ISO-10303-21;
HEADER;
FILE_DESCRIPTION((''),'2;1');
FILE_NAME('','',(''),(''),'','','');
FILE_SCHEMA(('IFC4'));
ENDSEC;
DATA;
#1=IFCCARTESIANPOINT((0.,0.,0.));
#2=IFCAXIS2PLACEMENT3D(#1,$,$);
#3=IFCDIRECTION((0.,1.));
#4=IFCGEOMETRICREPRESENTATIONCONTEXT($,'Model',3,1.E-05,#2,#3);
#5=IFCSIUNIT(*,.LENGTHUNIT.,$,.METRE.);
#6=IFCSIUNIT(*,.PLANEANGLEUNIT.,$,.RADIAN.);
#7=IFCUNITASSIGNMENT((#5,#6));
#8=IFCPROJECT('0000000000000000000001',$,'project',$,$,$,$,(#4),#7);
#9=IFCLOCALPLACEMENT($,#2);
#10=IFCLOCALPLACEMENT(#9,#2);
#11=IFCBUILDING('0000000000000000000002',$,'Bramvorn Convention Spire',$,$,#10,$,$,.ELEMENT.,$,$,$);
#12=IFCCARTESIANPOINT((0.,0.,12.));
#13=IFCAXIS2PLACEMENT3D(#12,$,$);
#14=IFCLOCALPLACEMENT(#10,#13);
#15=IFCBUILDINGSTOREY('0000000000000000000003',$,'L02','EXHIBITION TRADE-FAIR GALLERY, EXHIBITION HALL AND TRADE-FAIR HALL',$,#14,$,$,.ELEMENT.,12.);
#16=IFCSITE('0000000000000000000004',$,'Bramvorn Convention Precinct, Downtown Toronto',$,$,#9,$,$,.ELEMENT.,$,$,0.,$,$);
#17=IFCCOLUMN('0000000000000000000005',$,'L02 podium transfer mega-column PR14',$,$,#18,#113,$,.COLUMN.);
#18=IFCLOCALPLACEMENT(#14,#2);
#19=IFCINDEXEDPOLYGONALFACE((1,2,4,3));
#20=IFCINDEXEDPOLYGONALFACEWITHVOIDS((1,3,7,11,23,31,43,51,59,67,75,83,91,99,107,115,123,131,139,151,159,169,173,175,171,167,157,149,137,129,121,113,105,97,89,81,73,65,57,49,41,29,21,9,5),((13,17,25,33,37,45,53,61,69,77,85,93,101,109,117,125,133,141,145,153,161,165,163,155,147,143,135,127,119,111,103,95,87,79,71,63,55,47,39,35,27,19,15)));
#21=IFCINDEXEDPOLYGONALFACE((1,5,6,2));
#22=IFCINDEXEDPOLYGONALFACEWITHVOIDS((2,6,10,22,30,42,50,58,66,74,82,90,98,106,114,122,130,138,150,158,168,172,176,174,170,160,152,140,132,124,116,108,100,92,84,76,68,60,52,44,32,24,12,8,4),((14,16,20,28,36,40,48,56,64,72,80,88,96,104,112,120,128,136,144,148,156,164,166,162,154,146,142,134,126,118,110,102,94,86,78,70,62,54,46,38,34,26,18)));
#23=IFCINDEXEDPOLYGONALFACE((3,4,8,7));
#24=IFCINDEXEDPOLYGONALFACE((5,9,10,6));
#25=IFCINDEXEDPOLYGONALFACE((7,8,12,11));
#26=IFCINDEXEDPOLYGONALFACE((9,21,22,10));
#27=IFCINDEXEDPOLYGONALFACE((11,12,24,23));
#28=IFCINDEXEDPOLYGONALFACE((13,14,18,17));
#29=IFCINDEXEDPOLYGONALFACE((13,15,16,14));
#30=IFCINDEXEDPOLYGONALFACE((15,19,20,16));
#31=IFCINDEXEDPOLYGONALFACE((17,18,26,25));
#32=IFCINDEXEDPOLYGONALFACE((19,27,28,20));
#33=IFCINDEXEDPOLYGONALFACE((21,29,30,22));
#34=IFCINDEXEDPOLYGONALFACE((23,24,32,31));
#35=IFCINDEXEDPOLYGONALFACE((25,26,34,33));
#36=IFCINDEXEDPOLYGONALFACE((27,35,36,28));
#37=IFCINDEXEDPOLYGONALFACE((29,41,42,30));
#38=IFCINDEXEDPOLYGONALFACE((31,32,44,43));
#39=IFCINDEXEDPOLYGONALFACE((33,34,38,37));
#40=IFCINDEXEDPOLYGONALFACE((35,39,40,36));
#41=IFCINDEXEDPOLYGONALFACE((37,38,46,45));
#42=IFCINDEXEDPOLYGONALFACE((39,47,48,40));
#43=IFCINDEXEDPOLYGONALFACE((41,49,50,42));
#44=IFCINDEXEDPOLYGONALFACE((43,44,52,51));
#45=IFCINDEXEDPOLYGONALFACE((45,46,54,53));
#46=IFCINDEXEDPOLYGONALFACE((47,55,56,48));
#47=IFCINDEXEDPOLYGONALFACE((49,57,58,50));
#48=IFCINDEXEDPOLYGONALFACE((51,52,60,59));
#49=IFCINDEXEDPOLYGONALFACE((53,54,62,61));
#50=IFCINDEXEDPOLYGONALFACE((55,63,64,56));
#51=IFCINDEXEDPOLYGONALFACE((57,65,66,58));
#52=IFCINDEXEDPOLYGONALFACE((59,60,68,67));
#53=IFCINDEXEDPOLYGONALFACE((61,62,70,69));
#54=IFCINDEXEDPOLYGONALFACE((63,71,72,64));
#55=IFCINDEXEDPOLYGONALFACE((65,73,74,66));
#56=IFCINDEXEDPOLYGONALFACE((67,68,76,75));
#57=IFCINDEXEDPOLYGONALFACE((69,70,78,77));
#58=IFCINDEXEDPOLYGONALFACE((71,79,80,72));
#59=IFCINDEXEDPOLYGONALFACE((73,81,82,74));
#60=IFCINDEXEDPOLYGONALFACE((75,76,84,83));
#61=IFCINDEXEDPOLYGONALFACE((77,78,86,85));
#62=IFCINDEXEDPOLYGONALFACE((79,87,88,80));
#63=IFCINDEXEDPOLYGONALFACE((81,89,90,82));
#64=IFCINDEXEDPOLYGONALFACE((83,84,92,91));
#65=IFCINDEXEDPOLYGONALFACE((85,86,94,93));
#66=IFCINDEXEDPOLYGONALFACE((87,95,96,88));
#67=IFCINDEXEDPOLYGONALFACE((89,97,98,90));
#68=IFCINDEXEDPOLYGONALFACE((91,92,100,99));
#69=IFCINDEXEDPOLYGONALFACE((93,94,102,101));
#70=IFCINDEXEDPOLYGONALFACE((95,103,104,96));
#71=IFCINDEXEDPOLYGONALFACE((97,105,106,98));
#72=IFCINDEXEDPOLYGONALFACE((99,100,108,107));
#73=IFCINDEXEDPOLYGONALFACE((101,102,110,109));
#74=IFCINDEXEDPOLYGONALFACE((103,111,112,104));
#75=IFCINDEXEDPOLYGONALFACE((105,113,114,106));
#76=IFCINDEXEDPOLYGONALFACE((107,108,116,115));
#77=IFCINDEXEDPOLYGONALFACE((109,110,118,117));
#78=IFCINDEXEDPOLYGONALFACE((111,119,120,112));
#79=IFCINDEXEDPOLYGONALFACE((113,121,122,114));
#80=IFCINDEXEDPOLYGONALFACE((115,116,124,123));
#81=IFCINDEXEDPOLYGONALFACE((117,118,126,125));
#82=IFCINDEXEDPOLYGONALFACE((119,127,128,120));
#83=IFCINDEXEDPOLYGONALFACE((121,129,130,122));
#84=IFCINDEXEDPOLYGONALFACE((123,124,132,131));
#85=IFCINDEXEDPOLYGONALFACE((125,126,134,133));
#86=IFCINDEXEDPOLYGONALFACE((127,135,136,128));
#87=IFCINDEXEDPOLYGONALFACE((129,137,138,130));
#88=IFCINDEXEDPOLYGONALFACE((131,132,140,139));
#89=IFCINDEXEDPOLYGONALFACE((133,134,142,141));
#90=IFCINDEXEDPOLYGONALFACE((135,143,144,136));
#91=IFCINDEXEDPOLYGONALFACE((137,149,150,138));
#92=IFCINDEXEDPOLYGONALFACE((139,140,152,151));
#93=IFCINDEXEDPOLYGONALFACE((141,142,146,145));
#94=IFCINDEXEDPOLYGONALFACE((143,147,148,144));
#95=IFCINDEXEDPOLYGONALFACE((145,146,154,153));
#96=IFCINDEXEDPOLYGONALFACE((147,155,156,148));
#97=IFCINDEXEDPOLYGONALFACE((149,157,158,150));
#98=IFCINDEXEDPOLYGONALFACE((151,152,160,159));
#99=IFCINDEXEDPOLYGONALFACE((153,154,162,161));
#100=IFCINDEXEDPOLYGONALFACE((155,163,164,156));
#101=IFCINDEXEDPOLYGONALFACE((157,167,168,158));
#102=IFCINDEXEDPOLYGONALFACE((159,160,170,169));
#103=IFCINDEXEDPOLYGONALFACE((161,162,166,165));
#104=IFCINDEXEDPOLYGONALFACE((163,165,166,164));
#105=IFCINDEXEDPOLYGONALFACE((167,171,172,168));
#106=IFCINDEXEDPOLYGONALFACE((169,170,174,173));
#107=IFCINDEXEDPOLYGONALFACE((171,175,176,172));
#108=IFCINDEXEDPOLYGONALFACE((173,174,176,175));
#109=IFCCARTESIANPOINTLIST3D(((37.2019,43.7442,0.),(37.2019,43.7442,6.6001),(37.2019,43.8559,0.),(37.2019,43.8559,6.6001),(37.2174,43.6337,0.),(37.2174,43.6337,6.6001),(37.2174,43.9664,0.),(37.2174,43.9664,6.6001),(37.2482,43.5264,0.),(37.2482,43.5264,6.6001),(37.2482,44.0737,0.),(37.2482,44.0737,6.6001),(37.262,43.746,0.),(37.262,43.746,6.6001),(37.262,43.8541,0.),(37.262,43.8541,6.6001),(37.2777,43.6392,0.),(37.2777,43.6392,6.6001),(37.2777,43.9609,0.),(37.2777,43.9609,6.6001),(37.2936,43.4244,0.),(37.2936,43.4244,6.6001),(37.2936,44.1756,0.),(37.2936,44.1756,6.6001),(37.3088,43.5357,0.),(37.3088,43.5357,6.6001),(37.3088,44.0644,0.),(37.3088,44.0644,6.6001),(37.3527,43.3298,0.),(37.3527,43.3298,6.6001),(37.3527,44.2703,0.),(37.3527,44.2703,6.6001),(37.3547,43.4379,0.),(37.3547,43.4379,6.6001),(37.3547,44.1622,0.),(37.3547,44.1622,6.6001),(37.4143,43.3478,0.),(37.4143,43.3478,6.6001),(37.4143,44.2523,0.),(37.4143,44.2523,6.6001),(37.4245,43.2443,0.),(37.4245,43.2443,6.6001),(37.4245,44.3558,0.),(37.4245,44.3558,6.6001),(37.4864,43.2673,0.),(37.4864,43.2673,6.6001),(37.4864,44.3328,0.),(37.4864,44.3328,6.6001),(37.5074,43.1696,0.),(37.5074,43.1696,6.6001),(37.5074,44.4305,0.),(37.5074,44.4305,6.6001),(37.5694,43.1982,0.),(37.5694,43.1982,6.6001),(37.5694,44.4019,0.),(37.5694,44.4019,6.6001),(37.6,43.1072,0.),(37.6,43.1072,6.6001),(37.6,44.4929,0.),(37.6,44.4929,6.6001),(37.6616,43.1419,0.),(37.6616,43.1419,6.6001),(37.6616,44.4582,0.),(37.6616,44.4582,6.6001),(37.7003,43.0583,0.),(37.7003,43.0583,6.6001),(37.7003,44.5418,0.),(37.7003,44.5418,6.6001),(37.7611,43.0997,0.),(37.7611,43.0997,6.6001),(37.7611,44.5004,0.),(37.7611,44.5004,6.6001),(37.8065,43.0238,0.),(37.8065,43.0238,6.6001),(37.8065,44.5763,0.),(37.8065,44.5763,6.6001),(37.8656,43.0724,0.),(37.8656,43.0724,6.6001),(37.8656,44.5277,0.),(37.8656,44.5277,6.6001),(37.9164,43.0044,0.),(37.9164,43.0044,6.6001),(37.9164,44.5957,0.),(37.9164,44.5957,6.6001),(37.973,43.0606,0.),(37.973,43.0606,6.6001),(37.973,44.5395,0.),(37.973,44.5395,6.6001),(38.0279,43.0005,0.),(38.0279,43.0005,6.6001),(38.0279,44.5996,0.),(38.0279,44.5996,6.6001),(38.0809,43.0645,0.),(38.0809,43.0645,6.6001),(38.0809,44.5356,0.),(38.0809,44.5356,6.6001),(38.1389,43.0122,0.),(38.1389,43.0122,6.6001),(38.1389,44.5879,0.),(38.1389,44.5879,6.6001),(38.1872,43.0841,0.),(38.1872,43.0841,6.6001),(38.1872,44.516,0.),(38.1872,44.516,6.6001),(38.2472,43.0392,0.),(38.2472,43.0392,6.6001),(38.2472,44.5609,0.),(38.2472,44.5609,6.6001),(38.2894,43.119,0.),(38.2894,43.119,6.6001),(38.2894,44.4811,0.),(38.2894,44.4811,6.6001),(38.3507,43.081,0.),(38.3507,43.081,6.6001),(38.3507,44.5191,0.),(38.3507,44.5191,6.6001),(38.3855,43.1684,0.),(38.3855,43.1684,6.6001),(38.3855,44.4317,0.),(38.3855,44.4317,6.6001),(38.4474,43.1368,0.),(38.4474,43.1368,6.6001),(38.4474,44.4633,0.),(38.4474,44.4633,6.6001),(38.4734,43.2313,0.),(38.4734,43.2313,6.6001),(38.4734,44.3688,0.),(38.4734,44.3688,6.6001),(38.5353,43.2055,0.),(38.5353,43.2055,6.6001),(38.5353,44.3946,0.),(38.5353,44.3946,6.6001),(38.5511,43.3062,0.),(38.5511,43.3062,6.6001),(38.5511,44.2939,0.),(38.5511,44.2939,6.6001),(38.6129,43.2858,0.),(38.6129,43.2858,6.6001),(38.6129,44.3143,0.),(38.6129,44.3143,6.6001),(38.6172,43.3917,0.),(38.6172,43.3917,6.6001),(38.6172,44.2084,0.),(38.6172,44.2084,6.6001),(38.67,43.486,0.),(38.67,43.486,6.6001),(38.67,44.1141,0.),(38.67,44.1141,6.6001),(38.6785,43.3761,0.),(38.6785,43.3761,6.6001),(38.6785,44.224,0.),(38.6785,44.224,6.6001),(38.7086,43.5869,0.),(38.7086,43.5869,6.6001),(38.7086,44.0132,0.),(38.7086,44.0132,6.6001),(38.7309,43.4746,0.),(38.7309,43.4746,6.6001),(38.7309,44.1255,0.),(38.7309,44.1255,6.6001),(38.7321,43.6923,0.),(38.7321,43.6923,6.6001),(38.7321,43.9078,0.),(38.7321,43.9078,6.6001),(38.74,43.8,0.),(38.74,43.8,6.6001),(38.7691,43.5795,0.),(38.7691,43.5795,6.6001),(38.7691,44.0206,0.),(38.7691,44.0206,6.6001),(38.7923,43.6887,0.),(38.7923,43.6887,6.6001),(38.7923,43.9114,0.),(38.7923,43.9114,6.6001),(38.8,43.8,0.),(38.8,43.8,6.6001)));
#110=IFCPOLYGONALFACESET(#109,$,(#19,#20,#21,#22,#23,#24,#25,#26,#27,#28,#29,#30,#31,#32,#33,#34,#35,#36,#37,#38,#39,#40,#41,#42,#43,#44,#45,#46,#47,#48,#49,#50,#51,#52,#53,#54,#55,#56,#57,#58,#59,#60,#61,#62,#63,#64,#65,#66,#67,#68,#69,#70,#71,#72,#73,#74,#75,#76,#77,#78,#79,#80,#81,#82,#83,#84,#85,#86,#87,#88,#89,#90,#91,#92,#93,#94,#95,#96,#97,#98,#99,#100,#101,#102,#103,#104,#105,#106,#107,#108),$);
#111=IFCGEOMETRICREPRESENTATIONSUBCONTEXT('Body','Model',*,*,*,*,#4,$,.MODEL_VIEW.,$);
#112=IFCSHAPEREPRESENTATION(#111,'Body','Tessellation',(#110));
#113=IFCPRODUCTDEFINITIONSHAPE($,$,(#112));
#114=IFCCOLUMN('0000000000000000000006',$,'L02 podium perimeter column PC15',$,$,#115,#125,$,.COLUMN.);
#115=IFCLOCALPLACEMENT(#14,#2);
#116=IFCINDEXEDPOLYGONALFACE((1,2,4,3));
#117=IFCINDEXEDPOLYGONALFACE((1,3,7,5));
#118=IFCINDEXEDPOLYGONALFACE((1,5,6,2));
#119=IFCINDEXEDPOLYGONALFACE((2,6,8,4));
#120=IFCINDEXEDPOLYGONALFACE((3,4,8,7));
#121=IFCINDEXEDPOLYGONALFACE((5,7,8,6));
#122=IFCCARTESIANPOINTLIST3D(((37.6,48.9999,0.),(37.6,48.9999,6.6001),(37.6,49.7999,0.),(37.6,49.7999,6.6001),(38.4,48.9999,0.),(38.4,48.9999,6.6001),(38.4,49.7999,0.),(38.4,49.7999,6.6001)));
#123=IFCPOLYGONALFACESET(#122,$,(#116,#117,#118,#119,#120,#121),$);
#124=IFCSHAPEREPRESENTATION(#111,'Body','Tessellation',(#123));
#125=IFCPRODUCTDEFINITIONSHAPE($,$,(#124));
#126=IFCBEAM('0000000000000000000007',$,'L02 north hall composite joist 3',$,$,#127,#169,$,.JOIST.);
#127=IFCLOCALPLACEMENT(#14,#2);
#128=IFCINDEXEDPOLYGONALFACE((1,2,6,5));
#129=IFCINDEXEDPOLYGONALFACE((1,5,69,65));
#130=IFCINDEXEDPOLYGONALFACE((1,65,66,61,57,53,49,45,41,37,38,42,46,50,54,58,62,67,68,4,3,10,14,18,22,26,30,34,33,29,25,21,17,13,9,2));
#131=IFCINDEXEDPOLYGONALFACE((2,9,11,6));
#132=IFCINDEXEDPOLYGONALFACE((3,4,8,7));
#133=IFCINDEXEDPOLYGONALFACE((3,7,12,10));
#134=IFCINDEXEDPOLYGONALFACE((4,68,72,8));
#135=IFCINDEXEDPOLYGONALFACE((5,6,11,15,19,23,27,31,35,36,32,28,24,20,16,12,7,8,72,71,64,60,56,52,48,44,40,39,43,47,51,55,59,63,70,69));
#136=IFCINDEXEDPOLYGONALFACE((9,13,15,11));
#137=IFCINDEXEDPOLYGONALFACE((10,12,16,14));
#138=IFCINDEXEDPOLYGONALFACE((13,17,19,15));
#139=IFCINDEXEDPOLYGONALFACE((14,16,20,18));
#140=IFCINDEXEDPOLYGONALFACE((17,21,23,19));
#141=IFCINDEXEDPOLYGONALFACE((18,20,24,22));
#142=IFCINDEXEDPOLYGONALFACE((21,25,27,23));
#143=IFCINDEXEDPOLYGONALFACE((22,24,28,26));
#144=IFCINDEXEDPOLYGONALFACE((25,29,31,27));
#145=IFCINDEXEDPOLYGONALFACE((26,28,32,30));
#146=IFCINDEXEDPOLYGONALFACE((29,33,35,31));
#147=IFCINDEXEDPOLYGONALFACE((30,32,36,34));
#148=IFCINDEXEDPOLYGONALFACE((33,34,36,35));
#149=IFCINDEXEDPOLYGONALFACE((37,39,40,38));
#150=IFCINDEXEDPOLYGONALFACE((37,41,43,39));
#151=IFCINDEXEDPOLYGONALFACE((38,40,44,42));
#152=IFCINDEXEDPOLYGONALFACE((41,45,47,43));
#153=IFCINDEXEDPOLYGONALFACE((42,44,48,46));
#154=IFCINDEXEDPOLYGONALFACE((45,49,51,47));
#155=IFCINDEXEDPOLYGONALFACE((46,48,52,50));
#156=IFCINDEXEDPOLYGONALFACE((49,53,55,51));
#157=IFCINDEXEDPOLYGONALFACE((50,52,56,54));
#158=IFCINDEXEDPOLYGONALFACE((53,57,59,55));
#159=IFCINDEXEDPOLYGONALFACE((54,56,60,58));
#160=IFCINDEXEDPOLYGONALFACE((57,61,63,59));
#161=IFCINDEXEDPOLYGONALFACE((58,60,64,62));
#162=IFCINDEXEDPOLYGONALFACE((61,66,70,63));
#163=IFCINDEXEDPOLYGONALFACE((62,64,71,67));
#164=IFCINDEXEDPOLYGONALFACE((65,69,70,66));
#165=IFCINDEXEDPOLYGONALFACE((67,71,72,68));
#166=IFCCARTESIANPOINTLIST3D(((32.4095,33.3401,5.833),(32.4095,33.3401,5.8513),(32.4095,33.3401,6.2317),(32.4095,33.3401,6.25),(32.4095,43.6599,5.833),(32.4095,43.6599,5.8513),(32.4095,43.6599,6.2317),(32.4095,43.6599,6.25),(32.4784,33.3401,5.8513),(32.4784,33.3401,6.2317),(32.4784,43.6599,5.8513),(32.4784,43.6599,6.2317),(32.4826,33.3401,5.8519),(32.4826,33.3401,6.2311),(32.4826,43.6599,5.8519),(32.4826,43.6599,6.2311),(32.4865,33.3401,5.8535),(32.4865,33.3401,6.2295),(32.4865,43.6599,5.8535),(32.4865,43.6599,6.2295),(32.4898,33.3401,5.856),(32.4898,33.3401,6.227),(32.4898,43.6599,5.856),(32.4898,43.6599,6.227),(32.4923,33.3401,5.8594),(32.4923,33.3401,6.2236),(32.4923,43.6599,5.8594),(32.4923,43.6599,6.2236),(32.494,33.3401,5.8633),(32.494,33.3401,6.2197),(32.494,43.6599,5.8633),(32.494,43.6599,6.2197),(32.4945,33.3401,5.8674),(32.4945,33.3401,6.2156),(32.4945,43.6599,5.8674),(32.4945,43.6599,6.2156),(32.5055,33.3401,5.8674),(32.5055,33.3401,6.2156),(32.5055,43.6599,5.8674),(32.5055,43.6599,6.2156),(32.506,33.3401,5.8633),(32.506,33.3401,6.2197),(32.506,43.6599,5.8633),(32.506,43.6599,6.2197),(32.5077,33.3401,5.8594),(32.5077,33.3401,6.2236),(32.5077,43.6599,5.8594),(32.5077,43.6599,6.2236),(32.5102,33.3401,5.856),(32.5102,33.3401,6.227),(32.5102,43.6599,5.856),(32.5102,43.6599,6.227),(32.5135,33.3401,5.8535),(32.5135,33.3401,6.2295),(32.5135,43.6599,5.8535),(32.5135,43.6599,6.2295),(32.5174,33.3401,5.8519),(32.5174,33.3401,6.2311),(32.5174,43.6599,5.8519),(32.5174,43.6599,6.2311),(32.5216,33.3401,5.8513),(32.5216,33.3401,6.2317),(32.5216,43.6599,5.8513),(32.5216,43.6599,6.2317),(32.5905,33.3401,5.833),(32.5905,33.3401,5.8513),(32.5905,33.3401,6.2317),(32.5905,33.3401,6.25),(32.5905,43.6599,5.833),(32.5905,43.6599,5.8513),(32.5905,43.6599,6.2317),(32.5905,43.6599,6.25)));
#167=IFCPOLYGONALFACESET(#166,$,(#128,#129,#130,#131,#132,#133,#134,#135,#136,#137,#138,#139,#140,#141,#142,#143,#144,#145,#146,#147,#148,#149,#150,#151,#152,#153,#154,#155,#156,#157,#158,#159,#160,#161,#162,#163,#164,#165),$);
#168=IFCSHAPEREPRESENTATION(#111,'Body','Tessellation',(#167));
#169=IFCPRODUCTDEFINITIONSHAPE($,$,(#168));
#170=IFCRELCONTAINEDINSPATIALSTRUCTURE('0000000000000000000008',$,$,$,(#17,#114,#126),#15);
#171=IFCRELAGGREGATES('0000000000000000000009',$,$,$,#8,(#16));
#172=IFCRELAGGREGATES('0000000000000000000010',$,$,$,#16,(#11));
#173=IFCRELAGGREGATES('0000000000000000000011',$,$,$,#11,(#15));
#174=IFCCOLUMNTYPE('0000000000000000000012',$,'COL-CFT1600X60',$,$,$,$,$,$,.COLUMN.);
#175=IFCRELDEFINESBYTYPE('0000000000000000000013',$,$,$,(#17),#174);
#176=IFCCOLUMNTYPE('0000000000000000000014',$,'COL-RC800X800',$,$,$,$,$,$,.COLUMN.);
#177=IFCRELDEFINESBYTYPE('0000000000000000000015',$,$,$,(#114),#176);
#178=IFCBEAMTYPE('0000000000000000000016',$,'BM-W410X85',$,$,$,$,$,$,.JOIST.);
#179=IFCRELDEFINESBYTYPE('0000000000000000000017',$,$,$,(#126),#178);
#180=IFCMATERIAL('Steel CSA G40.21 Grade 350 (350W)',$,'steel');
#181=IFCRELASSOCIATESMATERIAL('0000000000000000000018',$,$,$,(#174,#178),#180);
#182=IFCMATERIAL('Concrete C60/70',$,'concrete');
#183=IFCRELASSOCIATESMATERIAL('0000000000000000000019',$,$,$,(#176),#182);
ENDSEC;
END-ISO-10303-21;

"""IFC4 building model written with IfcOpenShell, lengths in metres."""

from ifc_helpers import new_model, si_unit, direction, frame, origin, origin_2d, place, context, subcontext, project, spatial, rectangle, hollow_circle, i_section, extrude, material, material_profile, profile_set, type_object, element, save


model = new_model("IFC4")

# Units and contexts
model_context = context("Model", 3, precision=1e-05, world=origin(), true_north=direction((0.0, 1.0)))
body_context = subcontext(model_context, "Body", "Model", "MODEL_VIEW")
ifc_project = project(units=[si_unit("LENGTHUNIT", "METRE"), si_unit("PLANEANGLEUNIT", "RADIAN")], contexts=[model_context])

# Site, building, storey
site_placement = place(None, origin())
site = spatial("IfcSite", under=ifc_project, at=site_placement, Name="Bramvorn Convention Precinct, Downtown Toronto", CompositionType="ELEMENT", RefElevation=0.0)
building_placement = place(site_placement, origin())
building = spatial("IfcBuilding", under=site, at=building_placement, Name="Bramvorn Convention Spire", CompositionType="ELEMENT")
storey_placement = place(building_placement, frame((0.0, 0.0, 12.0)))
storey = spatial("IfcBuildingStorey", under=building, at=storey_placement, Name="L02", Description="EXHIBITION TRADE-FAIR GALLERY, EXHIBITION HALL AND TRADE-FAIR HALL", CompositionType="ELEMENT", Elevation=12.0)

# Columns
ifc_material_1 = material(Name="Steel CSA G40.21 Grade 350 (350W)", Category="steel")
ifc_material_profile_1 = material_profile(ifc_material_1, hollow_circle(Radius=0.8, WallThickness=0.0601, at=origin_2d()))
ifc_profile_set_1 = profile_set([ifc_material_profile_1], Name="Steel CSA G40.21 Grade 350 (350W) - CFT1600X60")
column_type_1 = type_object("IfcColumnType", Name="COL-CFT1600X60", PredefinedType="COLUMN", material=ifc_profile_set_1)
column_1_placement = place(storey_placement, frame((38.0, 43.8, 0.0), z_axis=(0.0, 0.0, 1.0), x_axis=(1.0, 0.0, 0.0)))
element("IfcColumn", 1, at=column_1_placement, inside=storey, type_object=column_type_1, Name="L02 podium transfer mega-column PR14", PredefinedType="COLUMN", context=body_context, shape_type="SweptSolid", body=[
    extrude(hollow_circle(Radius=0.8, WallThickness=0.0601, at=origin_2d()), origin(), (0.0, 0.0, 1.0), 6.6001),
])
ifc_material_2 = material(Name="Concrete C60/70", Category="concrete")
ifc_material_profile_2 = material_profile(ifc_material_2, rectangle(XDim=0.8, YDim=0.8, at=origin_2d()))
ifc_profile_set_2 = profile_set([ifc_material_profile_2], Name="Concrete C60/70 - RC800X800")
column_type_2 = type_object("IfcColumnType", Name="COL-RC800X800", PredefinedType="COLUMN", material=ifc_profile_set_2)
column_2_placement = place(storey_placement, frame((38.0, 49.3999, 0.0), z_axis=(0.0, 0.0, 1.0), x_axis=(1.0, 0.0, 0.0)))
element("IfcColumn", 2, at=column_2_placement, inside=storey, type_object=column_type_2, Name="L02 podium perimeter column PC15", PredefinedType="COLUMN", context=body_context, shape_type="SweptSolid", body=[
    extrude(rectangle(XDim=0.8, YDim=0.8, at=origin_2d()), origin(), (0.0, 0.0, 1.0), 6.6001),
])

# Beam
ifc_material_profile_3 = material_profile(ifc_material_1, i_section(OverallWidth=0.1809, OverallDepth=0.417, WebThickness=0.011, FlangeThickness=0.0183, FilletRadius=0.0161, at=origin_2d()))
ifc_profile_set_3 = profile_set([ifc_material_profile_3], Name="Steel CSA G40.21 Grade 350 (350W) - W410X85")
beam_type_1 = type_object("IfcBeamType", Name="BM-W410X85", PredefinedType="JOIST", material=ifc_profile_set_3)
for number, where, z_axis, x_axis, name in (
    (3, (32.5, 33.3401, 6.0415), (0.0, 1.0, 0.0), (-1.0, 0.0, 0.0), "L02 north hall composite joist 3"),
):
    element("IfcBeam", number, at=place(storey_placement, frame(where, z_axis=z_axis, x_axis=x_axis)), inside=storey, type_object=beam_type_1, Name=name, PredefinedType="JOIST", context=body_context, shape_type="SweptSolid", body=[
        extrude(i_section(OverallWidth=0.1809, OverallDepth=0.417, WebThickness=0.011, FlangeThickness=0.0183, FilletRadius=0.0161, at=origin_2d()), origin(), (0.0, 0.0, 1.0), 10.3198),
    ])

save(model, "model.ifc")
